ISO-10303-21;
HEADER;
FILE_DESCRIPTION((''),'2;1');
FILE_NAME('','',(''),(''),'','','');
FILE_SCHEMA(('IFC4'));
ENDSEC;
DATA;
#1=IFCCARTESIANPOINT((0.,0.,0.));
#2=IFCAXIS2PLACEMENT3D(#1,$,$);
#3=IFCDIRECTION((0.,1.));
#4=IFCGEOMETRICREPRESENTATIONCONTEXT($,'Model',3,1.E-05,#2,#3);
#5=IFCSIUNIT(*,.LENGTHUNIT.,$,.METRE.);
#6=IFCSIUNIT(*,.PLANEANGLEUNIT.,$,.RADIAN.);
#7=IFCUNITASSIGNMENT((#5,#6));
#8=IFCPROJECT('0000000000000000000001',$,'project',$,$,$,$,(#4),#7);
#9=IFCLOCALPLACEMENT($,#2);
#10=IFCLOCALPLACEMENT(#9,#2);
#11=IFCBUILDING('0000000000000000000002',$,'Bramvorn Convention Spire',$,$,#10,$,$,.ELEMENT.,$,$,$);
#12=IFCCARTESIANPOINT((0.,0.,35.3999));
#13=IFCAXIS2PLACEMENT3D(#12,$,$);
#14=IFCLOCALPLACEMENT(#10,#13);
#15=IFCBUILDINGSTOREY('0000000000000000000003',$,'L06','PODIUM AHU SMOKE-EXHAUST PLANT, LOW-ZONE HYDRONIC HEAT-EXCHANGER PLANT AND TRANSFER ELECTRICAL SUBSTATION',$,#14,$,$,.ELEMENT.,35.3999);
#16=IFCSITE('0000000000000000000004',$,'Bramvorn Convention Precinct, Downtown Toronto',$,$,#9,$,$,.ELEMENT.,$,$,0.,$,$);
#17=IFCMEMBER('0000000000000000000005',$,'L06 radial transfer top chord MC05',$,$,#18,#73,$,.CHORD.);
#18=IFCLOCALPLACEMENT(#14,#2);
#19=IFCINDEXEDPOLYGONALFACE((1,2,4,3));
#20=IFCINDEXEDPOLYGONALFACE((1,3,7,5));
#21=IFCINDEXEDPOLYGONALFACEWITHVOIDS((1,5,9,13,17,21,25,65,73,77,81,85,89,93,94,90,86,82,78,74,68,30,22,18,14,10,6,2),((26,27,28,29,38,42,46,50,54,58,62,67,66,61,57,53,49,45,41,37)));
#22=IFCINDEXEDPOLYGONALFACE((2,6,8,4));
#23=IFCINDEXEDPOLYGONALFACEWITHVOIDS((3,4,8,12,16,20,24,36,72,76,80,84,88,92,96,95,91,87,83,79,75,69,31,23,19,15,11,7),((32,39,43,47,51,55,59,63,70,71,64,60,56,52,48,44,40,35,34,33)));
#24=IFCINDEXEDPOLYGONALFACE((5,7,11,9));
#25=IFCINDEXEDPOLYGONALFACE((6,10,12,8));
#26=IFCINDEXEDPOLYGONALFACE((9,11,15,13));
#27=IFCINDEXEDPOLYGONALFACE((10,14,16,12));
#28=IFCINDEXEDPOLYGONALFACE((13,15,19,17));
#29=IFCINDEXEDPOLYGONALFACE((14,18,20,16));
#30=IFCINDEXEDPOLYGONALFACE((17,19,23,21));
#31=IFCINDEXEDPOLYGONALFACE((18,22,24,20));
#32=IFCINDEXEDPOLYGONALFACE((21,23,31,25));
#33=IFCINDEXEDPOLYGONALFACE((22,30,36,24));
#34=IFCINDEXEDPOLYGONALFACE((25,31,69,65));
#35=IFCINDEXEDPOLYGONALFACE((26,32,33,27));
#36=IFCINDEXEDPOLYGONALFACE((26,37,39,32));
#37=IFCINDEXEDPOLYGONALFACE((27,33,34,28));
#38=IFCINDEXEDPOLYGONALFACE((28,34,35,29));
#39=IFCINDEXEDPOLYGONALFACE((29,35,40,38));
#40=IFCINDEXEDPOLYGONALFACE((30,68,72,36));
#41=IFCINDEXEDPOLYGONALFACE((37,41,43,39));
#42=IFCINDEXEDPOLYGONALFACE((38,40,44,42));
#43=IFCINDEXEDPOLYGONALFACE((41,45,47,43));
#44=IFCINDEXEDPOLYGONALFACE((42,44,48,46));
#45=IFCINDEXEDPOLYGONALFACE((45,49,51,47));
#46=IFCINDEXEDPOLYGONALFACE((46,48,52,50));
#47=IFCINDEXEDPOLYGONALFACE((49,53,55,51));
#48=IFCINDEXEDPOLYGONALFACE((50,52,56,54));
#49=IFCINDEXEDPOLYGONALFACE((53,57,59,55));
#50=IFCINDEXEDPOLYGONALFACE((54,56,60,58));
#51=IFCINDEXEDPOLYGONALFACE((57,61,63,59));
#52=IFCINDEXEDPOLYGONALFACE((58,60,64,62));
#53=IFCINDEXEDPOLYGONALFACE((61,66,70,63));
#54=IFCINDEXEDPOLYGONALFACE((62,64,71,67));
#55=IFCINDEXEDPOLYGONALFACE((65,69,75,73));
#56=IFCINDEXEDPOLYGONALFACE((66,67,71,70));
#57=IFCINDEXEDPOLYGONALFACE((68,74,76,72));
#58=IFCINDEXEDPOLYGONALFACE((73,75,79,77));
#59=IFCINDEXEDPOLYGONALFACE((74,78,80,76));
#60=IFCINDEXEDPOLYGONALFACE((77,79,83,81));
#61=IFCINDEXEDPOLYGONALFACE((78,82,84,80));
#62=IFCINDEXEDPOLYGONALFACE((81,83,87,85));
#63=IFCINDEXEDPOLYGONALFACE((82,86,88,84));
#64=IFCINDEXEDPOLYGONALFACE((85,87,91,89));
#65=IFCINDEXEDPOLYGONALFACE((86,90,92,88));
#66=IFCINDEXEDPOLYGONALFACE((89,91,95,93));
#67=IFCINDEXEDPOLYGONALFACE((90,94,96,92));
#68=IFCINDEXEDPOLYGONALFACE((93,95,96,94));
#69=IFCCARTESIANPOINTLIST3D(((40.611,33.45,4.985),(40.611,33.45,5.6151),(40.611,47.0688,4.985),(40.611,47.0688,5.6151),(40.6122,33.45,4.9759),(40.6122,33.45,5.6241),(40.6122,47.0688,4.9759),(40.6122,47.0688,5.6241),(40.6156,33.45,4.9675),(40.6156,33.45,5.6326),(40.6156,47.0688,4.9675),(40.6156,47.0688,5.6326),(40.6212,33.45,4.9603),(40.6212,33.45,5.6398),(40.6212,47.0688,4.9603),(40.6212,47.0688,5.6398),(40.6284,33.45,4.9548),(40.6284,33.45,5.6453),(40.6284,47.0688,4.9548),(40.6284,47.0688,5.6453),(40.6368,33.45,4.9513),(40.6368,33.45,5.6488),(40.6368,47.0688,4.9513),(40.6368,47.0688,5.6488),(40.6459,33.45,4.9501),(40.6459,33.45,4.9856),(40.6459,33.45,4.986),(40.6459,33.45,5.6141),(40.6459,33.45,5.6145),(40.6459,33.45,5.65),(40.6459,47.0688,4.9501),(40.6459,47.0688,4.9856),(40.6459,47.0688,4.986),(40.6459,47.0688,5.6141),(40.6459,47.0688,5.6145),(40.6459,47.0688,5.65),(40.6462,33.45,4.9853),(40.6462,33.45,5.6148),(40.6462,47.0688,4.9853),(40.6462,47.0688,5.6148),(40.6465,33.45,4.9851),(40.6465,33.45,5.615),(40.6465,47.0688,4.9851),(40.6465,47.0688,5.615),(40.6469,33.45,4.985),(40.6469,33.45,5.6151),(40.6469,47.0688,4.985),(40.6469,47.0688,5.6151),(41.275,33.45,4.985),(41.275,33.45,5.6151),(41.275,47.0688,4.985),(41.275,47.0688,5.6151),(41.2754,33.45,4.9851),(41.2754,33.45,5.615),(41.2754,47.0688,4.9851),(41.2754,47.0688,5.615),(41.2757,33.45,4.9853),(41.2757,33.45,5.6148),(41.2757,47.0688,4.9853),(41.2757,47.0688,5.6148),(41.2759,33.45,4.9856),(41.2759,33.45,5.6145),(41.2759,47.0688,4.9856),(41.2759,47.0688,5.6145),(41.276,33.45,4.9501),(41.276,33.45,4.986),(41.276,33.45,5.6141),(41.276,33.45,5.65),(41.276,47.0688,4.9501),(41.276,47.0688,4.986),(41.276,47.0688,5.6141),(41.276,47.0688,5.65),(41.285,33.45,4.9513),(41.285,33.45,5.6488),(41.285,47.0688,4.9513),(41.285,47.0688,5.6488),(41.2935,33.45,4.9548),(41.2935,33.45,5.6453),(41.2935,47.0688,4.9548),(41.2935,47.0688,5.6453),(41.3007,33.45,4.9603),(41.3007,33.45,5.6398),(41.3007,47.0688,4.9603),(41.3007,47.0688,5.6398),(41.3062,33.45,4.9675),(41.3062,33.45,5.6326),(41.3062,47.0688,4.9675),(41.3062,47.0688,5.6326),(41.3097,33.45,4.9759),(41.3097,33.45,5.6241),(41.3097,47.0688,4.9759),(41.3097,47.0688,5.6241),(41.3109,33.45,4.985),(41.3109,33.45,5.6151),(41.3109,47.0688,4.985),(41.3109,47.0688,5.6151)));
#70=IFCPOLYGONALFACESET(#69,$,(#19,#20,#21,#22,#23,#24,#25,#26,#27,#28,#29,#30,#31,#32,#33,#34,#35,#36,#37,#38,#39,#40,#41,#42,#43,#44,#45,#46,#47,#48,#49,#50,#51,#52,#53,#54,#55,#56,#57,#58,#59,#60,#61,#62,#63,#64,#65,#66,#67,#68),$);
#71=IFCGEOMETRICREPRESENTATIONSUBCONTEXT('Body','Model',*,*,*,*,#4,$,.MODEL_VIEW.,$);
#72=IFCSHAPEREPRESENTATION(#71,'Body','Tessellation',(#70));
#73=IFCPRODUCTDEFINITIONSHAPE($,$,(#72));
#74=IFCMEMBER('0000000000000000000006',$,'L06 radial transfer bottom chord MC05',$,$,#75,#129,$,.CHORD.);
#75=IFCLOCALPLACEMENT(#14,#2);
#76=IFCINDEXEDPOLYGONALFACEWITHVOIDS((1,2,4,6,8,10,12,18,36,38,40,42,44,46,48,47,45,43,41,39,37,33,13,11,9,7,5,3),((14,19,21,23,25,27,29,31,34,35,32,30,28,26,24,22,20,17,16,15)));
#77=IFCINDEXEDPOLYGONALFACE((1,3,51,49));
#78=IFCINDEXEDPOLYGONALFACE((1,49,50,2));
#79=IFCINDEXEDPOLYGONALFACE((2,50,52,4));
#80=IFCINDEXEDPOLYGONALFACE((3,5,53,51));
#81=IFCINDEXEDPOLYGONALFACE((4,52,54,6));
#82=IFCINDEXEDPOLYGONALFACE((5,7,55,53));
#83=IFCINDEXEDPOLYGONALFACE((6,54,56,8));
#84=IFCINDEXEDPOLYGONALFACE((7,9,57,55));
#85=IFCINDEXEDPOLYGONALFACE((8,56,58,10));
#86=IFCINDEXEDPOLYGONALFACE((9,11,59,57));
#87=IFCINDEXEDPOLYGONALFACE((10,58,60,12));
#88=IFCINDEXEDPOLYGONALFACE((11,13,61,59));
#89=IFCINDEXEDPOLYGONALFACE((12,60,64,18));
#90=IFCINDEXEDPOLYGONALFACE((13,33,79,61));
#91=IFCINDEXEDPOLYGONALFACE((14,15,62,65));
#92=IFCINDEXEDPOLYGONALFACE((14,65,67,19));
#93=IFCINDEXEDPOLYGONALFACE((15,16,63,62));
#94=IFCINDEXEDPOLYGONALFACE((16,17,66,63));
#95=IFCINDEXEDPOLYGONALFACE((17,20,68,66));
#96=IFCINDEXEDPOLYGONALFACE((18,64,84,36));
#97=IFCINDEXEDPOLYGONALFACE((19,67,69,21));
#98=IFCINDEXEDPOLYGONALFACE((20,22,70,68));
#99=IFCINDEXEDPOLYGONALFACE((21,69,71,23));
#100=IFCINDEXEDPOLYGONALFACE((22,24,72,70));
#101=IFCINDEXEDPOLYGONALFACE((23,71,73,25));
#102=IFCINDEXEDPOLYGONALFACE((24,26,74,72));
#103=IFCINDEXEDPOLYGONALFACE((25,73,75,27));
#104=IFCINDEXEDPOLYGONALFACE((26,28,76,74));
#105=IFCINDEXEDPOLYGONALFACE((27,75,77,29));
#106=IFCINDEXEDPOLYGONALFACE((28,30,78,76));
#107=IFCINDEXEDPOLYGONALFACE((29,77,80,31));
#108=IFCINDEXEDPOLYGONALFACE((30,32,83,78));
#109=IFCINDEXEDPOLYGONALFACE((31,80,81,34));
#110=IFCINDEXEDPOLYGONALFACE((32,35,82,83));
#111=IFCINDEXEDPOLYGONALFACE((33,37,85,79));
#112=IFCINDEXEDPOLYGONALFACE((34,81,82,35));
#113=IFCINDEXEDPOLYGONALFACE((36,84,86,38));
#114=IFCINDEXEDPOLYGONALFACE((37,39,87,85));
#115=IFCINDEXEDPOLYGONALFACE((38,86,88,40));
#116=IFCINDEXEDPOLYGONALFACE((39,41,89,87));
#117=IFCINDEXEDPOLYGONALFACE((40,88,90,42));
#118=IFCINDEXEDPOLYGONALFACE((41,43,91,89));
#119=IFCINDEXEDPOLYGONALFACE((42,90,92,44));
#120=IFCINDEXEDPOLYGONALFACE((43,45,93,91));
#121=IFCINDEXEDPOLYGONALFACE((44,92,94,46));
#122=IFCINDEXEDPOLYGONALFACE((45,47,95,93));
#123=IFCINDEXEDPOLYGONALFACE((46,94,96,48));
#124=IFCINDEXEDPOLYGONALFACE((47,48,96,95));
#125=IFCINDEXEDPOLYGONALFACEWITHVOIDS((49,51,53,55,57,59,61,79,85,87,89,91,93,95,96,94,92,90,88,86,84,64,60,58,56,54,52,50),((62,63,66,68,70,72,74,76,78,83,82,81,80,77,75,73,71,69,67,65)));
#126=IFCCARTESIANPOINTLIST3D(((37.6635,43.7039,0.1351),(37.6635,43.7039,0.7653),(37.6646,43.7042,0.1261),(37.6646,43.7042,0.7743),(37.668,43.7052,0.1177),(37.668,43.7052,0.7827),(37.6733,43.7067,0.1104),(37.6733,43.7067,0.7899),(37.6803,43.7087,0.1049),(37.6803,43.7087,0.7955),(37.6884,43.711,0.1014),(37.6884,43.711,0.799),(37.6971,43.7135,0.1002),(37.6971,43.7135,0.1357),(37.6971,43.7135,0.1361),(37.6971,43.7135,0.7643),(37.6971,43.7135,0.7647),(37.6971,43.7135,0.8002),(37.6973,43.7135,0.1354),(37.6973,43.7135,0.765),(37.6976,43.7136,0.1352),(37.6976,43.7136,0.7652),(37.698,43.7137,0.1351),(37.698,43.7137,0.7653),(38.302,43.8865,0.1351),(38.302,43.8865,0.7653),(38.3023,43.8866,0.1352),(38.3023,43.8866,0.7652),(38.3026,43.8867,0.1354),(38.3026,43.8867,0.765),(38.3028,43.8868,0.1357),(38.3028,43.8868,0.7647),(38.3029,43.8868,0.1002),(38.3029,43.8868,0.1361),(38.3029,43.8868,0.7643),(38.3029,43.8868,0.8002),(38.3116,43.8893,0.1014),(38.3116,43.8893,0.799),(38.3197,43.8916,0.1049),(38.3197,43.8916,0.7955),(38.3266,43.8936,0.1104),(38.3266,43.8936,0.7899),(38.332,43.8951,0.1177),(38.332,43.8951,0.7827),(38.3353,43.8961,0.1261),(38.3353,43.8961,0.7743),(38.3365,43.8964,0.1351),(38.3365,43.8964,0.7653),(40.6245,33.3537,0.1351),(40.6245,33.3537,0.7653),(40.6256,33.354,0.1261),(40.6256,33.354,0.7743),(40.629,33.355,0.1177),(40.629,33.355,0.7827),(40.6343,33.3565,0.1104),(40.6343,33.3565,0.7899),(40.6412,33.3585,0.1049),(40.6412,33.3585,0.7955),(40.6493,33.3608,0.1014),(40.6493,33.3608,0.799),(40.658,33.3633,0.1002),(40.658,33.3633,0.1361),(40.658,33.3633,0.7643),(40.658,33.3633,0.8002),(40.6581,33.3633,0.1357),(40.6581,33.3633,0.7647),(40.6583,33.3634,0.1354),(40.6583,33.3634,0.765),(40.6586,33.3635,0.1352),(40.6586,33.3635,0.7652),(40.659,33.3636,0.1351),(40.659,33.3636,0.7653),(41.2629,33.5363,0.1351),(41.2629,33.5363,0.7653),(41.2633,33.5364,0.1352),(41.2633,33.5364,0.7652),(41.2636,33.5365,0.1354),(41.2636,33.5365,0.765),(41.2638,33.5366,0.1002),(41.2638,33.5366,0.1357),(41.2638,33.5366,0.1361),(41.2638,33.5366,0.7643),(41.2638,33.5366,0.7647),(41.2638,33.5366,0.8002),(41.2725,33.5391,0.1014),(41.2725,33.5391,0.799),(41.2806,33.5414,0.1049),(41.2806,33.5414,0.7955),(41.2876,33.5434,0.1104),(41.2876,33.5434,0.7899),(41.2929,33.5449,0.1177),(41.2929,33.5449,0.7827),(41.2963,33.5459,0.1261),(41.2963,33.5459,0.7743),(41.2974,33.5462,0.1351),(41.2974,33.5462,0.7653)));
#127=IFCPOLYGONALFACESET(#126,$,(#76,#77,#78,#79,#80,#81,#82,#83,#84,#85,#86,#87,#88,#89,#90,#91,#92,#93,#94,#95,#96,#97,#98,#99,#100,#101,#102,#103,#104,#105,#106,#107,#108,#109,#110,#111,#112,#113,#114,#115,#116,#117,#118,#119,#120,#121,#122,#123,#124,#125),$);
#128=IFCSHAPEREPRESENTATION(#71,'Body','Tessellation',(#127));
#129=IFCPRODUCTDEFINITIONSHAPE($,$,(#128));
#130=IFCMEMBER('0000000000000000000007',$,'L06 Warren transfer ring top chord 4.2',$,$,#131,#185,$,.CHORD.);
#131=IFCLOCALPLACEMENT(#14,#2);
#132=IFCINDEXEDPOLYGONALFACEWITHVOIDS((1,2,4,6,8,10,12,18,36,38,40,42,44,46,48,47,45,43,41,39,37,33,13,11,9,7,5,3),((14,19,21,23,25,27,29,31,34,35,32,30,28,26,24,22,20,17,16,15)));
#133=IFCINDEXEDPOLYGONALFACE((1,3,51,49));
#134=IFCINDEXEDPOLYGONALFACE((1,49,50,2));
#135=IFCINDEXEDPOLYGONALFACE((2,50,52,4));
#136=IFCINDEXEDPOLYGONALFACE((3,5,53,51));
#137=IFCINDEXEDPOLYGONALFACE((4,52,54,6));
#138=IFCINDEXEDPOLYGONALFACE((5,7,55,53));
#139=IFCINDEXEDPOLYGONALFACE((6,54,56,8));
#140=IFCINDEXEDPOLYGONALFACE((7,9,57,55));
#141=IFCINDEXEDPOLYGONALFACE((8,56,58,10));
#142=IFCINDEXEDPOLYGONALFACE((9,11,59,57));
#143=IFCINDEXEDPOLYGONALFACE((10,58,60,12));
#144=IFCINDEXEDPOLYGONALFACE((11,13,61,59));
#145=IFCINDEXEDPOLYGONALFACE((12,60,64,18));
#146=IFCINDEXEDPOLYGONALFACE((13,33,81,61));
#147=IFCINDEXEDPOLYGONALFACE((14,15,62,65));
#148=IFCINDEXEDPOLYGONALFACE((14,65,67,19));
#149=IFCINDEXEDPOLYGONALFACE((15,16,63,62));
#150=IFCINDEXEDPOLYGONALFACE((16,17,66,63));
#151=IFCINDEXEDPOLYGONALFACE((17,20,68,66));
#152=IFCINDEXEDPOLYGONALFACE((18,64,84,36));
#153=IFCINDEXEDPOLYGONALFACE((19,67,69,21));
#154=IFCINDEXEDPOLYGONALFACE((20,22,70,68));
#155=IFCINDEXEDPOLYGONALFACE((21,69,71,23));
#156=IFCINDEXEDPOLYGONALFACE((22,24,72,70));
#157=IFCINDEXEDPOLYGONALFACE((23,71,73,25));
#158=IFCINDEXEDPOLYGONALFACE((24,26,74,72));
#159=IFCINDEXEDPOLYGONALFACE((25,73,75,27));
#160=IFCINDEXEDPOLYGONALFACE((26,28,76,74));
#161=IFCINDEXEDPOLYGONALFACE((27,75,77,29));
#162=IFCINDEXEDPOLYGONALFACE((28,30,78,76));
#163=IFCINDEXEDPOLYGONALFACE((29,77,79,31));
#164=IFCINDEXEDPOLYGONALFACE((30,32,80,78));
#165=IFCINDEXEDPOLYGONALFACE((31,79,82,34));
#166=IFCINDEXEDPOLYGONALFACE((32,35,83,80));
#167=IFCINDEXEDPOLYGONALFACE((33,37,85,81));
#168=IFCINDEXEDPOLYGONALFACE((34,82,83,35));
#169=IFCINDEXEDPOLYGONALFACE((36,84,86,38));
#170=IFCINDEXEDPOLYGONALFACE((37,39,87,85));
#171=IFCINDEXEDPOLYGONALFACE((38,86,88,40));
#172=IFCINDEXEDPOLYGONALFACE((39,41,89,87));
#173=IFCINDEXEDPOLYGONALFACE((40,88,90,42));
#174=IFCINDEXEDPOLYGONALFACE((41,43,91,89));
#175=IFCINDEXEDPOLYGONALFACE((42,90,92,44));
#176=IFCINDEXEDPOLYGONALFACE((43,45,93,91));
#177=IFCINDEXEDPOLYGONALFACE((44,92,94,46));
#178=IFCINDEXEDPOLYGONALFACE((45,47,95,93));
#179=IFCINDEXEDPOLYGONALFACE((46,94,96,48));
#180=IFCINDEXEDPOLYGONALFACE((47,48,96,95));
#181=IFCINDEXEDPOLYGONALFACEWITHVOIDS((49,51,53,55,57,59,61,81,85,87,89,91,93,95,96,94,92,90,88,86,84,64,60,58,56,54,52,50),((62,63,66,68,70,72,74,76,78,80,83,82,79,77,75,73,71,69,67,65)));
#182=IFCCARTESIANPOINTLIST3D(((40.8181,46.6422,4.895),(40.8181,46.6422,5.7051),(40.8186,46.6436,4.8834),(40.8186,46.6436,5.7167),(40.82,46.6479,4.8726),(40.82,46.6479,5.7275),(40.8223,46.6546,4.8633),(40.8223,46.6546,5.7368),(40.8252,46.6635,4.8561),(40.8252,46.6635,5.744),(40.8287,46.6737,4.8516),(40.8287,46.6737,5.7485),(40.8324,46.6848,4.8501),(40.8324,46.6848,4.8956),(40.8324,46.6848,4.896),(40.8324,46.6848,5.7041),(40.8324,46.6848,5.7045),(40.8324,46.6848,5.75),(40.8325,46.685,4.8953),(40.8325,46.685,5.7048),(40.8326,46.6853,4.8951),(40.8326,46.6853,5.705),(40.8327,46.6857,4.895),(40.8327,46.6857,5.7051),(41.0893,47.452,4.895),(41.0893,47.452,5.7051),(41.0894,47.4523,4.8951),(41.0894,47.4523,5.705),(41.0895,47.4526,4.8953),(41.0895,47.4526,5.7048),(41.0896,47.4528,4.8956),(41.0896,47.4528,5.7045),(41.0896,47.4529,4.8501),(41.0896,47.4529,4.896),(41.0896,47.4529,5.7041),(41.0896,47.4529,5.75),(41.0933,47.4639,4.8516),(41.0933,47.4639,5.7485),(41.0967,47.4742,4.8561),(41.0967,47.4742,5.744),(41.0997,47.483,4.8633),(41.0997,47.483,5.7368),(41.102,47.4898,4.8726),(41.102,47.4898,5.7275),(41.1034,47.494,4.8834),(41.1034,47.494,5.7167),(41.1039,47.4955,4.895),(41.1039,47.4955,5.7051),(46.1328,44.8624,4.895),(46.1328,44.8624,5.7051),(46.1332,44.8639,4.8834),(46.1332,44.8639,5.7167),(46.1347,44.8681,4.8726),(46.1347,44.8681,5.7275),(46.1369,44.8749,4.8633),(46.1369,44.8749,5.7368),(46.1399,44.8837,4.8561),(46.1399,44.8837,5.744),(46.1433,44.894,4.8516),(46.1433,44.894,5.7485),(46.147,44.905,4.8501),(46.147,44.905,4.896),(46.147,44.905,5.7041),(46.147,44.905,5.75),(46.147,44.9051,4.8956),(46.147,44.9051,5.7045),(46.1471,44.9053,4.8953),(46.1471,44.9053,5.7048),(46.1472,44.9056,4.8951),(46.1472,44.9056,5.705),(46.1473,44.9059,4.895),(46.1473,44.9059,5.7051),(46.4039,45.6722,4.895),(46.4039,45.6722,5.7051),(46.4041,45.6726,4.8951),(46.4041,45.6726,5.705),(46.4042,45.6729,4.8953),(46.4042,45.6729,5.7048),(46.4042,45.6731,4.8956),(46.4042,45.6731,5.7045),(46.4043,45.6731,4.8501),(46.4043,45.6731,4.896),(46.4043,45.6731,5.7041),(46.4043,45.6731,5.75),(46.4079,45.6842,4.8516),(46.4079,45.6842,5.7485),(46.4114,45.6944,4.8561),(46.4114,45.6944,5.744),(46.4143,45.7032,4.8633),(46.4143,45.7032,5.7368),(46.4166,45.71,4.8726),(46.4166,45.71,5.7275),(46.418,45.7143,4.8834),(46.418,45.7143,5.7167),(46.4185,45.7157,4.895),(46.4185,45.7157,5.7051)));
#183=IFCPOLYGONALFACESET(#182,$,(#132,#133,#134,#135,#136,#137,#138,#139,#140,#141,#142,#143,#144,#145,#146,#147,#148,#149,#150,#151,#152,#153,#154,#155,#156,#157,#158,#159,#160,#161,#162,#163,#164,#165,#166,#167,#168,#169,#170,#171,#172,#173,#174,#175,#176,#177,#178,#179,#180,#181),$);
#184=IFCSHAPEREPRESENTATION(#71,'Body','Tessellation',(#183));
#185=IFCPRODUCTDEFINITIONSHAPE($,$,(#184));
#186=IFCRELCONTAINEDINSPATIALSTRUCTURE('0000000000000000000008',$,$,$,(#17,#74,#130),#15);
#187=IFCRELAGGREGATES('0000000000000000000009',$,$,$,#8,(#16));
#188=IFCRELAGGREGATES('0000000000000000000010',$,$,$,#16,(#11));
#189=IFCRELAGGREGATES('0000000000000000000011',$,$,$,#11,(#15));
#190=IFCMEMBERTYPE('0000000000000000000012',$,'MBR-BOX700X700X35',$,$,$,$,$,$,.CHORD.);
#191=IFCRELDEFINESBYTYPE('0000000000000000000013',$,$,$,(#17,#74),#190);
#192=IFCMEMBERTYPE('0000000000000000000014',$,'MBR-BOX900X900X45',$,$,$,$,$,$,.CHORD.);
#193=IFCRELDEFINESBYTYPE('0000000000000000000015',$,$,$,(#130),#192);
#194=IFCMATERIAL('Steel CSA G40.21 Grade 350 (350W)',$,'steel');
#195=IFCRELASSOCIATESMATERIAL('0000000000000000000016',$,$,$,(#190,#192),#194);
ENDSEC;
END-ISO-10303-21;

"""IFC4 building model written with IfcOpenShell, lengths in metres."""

from ifc_helpers import new_model, si_unit, direction, frame, origin, origin_2d, place, context, subcontext, project, spatial, hollow_rectangle, extrude, material, material_profile, profile_set, type_object, element, save


model = new_model("IFC4")

# Units and contexts
model_context = context("Model", 3, precision=1e-05, world=origin(), true_north=direction((0.0, 1.0)))
body_context = subcontext(model_context, "Body", "Model", "MODEL_VIEW")
ifc_project = project(units=[si_unit("LENGTHUNIT", "METRE"), si_unit("PLANEANGLEUNIT", "RADIAN")], contexts=[model_context])

# Site, building, storey
site_placement = place(None, origin())
site = spatial("IfcSite", under=ifc_project, at=site_placement, Name="Bramvorn Convention Precinct, Downtown Toronto", CompositionType="ELEMENT", RefElevation=0.0)
building_placement = place(site_placement, origin())
building = spatial("IfcBuilding", under=site, at=building_placement, Name="Bramvorn Convention Spire", CompositionType="ELEMENT")
storey_placement = place(building_placement, frame((0.0, 0.0, 35.3999)))
storey = spatial("IfcBuildingStorey", under=building, at=storey_placement, Name="L06", Description="PODIUM AHU SMOKE-EXHAUST PLANT, LOW-ZONE HYDRONIC HEAT-EXCHANGER PLANT AND TRANSFER ELECTRICAL SUBSTATION", CompositionType="ELEMENT", Elevation=35.3999)

# Shared definitions
ifc_material_1 = material(Name="Steel CSA G40.21 Grade 350 (350W)", Category="steel")

# Members
ifc_material_profile_1 = material_profile(ifc_material_1, hollow_rectangle(XDim=0.7, YDim=0.7, WallThickness=0.0349, InnerFilletRadius=0.001, OuterFilletRadius=0.0349, at=origin_2d()))
ifc_profile_set_1 = profile_set([ifc_material_profile_1], Name="Steel CSA G40.21 Grade 350 (350W) - BOX700X700X35")
member_type_1 = type_object("IfcMemberType", Name="MBR-BOX700X700X35", PredefinedType="CHORD", material=ifc_profile_set_1)
member_1_placement = place(storey_placement, frame((40.9609, 33.45, 5.3), z_axis=(0.0, 1.0, 0.0), x_axis=(-1.0, 0.0, 0.0)))
element("IfcMember", 1, at=member_1_placement, inside=storey, type_object=member_type_1, Name="L06 radial transfer top chord MC05", PredefinedType="CHORD", context=body_context, shape_type="SweptSolid", body=[
    extrude(hollow_rectangle(XDim=0.7, YDim=0.7, WallThickness=0.0349, InnerFilletRadius=0.001, OuterFilletRadius=0.0349, at=origin_2d()), origin(), (0.0, 0.0, 1.0), 13.6189),
])
member_2_placement = place(storey_placement, frame((40.9609, 33.45, 0.4502), z_axis=(-0.275045, 0.961431, 0.0), x_axis=(-0.961431, -0.275045, 0.0)))
element("IfcMember", 2, at=member_2_placement, inside=storey, type_object=member_type_1, Name="L06 radial transfer bottom chord MC05", PredefinedType="CHORD", context=body_context, shape_type="SweptSolid", body=[
    extrude(hollow_rectangle(XDim=0.7, YDim=0.7, WallThickness=0.0349, InnerFilletRadius=0.001, OuterFilletRadius=0.0349, at=origin_2d()), origin(), (0.0, 0.0, 1.0), 10.7654),
])
ifc_material_profile_2 = material_profile(ifc_material_1, hollow_rectangle(XDim=0.8999, YDim=0.8999, WallThickness=0.0449, InnerFilletRadius=0.001, OuterFilletRadius=0.0449, at=origin_2d()))
ifc_profile_set_2 = profile_set([ifc_material_profile_2], Name="Steel CSA G40.21 Grade 350 (350W) - BOX900X900X45")
member_type_2 = type_object("IfcMemberType", Name="MBR-BOX900X900X45", PredefinedType="CHORD", material=ifc_profile_set_2)
for number, where, z_axis, x_axis, name in (
    (3, (46.2756, 45.2891, 5.3), (-0.948242, 0.317547, 0.0), (-0.317547, -0.948242, 0.0), "L06 Warren transfer ring top chord 4.2"),
):
    element("IfcMember", number, at=place(storey_placement, frame(where, z_axis=z_axis, x_axis=x_axis)), inside=storey, type_object=member_type_2, Name=name, PredefinedType="CHORD", context=body_context, shape_type="SweptSolid", body=[
        extrude(hollow_rectangle(XDim=0.8999, YDim=0.8999, WallThickness=0.0449, InnerFilletRadius=0.001, OuterFilletRadius=0.0449, at=origin_2d()), origin(), (0.0, 0.0, 1.0), 5.6047),
    ])

save(model, "model.ifc")
